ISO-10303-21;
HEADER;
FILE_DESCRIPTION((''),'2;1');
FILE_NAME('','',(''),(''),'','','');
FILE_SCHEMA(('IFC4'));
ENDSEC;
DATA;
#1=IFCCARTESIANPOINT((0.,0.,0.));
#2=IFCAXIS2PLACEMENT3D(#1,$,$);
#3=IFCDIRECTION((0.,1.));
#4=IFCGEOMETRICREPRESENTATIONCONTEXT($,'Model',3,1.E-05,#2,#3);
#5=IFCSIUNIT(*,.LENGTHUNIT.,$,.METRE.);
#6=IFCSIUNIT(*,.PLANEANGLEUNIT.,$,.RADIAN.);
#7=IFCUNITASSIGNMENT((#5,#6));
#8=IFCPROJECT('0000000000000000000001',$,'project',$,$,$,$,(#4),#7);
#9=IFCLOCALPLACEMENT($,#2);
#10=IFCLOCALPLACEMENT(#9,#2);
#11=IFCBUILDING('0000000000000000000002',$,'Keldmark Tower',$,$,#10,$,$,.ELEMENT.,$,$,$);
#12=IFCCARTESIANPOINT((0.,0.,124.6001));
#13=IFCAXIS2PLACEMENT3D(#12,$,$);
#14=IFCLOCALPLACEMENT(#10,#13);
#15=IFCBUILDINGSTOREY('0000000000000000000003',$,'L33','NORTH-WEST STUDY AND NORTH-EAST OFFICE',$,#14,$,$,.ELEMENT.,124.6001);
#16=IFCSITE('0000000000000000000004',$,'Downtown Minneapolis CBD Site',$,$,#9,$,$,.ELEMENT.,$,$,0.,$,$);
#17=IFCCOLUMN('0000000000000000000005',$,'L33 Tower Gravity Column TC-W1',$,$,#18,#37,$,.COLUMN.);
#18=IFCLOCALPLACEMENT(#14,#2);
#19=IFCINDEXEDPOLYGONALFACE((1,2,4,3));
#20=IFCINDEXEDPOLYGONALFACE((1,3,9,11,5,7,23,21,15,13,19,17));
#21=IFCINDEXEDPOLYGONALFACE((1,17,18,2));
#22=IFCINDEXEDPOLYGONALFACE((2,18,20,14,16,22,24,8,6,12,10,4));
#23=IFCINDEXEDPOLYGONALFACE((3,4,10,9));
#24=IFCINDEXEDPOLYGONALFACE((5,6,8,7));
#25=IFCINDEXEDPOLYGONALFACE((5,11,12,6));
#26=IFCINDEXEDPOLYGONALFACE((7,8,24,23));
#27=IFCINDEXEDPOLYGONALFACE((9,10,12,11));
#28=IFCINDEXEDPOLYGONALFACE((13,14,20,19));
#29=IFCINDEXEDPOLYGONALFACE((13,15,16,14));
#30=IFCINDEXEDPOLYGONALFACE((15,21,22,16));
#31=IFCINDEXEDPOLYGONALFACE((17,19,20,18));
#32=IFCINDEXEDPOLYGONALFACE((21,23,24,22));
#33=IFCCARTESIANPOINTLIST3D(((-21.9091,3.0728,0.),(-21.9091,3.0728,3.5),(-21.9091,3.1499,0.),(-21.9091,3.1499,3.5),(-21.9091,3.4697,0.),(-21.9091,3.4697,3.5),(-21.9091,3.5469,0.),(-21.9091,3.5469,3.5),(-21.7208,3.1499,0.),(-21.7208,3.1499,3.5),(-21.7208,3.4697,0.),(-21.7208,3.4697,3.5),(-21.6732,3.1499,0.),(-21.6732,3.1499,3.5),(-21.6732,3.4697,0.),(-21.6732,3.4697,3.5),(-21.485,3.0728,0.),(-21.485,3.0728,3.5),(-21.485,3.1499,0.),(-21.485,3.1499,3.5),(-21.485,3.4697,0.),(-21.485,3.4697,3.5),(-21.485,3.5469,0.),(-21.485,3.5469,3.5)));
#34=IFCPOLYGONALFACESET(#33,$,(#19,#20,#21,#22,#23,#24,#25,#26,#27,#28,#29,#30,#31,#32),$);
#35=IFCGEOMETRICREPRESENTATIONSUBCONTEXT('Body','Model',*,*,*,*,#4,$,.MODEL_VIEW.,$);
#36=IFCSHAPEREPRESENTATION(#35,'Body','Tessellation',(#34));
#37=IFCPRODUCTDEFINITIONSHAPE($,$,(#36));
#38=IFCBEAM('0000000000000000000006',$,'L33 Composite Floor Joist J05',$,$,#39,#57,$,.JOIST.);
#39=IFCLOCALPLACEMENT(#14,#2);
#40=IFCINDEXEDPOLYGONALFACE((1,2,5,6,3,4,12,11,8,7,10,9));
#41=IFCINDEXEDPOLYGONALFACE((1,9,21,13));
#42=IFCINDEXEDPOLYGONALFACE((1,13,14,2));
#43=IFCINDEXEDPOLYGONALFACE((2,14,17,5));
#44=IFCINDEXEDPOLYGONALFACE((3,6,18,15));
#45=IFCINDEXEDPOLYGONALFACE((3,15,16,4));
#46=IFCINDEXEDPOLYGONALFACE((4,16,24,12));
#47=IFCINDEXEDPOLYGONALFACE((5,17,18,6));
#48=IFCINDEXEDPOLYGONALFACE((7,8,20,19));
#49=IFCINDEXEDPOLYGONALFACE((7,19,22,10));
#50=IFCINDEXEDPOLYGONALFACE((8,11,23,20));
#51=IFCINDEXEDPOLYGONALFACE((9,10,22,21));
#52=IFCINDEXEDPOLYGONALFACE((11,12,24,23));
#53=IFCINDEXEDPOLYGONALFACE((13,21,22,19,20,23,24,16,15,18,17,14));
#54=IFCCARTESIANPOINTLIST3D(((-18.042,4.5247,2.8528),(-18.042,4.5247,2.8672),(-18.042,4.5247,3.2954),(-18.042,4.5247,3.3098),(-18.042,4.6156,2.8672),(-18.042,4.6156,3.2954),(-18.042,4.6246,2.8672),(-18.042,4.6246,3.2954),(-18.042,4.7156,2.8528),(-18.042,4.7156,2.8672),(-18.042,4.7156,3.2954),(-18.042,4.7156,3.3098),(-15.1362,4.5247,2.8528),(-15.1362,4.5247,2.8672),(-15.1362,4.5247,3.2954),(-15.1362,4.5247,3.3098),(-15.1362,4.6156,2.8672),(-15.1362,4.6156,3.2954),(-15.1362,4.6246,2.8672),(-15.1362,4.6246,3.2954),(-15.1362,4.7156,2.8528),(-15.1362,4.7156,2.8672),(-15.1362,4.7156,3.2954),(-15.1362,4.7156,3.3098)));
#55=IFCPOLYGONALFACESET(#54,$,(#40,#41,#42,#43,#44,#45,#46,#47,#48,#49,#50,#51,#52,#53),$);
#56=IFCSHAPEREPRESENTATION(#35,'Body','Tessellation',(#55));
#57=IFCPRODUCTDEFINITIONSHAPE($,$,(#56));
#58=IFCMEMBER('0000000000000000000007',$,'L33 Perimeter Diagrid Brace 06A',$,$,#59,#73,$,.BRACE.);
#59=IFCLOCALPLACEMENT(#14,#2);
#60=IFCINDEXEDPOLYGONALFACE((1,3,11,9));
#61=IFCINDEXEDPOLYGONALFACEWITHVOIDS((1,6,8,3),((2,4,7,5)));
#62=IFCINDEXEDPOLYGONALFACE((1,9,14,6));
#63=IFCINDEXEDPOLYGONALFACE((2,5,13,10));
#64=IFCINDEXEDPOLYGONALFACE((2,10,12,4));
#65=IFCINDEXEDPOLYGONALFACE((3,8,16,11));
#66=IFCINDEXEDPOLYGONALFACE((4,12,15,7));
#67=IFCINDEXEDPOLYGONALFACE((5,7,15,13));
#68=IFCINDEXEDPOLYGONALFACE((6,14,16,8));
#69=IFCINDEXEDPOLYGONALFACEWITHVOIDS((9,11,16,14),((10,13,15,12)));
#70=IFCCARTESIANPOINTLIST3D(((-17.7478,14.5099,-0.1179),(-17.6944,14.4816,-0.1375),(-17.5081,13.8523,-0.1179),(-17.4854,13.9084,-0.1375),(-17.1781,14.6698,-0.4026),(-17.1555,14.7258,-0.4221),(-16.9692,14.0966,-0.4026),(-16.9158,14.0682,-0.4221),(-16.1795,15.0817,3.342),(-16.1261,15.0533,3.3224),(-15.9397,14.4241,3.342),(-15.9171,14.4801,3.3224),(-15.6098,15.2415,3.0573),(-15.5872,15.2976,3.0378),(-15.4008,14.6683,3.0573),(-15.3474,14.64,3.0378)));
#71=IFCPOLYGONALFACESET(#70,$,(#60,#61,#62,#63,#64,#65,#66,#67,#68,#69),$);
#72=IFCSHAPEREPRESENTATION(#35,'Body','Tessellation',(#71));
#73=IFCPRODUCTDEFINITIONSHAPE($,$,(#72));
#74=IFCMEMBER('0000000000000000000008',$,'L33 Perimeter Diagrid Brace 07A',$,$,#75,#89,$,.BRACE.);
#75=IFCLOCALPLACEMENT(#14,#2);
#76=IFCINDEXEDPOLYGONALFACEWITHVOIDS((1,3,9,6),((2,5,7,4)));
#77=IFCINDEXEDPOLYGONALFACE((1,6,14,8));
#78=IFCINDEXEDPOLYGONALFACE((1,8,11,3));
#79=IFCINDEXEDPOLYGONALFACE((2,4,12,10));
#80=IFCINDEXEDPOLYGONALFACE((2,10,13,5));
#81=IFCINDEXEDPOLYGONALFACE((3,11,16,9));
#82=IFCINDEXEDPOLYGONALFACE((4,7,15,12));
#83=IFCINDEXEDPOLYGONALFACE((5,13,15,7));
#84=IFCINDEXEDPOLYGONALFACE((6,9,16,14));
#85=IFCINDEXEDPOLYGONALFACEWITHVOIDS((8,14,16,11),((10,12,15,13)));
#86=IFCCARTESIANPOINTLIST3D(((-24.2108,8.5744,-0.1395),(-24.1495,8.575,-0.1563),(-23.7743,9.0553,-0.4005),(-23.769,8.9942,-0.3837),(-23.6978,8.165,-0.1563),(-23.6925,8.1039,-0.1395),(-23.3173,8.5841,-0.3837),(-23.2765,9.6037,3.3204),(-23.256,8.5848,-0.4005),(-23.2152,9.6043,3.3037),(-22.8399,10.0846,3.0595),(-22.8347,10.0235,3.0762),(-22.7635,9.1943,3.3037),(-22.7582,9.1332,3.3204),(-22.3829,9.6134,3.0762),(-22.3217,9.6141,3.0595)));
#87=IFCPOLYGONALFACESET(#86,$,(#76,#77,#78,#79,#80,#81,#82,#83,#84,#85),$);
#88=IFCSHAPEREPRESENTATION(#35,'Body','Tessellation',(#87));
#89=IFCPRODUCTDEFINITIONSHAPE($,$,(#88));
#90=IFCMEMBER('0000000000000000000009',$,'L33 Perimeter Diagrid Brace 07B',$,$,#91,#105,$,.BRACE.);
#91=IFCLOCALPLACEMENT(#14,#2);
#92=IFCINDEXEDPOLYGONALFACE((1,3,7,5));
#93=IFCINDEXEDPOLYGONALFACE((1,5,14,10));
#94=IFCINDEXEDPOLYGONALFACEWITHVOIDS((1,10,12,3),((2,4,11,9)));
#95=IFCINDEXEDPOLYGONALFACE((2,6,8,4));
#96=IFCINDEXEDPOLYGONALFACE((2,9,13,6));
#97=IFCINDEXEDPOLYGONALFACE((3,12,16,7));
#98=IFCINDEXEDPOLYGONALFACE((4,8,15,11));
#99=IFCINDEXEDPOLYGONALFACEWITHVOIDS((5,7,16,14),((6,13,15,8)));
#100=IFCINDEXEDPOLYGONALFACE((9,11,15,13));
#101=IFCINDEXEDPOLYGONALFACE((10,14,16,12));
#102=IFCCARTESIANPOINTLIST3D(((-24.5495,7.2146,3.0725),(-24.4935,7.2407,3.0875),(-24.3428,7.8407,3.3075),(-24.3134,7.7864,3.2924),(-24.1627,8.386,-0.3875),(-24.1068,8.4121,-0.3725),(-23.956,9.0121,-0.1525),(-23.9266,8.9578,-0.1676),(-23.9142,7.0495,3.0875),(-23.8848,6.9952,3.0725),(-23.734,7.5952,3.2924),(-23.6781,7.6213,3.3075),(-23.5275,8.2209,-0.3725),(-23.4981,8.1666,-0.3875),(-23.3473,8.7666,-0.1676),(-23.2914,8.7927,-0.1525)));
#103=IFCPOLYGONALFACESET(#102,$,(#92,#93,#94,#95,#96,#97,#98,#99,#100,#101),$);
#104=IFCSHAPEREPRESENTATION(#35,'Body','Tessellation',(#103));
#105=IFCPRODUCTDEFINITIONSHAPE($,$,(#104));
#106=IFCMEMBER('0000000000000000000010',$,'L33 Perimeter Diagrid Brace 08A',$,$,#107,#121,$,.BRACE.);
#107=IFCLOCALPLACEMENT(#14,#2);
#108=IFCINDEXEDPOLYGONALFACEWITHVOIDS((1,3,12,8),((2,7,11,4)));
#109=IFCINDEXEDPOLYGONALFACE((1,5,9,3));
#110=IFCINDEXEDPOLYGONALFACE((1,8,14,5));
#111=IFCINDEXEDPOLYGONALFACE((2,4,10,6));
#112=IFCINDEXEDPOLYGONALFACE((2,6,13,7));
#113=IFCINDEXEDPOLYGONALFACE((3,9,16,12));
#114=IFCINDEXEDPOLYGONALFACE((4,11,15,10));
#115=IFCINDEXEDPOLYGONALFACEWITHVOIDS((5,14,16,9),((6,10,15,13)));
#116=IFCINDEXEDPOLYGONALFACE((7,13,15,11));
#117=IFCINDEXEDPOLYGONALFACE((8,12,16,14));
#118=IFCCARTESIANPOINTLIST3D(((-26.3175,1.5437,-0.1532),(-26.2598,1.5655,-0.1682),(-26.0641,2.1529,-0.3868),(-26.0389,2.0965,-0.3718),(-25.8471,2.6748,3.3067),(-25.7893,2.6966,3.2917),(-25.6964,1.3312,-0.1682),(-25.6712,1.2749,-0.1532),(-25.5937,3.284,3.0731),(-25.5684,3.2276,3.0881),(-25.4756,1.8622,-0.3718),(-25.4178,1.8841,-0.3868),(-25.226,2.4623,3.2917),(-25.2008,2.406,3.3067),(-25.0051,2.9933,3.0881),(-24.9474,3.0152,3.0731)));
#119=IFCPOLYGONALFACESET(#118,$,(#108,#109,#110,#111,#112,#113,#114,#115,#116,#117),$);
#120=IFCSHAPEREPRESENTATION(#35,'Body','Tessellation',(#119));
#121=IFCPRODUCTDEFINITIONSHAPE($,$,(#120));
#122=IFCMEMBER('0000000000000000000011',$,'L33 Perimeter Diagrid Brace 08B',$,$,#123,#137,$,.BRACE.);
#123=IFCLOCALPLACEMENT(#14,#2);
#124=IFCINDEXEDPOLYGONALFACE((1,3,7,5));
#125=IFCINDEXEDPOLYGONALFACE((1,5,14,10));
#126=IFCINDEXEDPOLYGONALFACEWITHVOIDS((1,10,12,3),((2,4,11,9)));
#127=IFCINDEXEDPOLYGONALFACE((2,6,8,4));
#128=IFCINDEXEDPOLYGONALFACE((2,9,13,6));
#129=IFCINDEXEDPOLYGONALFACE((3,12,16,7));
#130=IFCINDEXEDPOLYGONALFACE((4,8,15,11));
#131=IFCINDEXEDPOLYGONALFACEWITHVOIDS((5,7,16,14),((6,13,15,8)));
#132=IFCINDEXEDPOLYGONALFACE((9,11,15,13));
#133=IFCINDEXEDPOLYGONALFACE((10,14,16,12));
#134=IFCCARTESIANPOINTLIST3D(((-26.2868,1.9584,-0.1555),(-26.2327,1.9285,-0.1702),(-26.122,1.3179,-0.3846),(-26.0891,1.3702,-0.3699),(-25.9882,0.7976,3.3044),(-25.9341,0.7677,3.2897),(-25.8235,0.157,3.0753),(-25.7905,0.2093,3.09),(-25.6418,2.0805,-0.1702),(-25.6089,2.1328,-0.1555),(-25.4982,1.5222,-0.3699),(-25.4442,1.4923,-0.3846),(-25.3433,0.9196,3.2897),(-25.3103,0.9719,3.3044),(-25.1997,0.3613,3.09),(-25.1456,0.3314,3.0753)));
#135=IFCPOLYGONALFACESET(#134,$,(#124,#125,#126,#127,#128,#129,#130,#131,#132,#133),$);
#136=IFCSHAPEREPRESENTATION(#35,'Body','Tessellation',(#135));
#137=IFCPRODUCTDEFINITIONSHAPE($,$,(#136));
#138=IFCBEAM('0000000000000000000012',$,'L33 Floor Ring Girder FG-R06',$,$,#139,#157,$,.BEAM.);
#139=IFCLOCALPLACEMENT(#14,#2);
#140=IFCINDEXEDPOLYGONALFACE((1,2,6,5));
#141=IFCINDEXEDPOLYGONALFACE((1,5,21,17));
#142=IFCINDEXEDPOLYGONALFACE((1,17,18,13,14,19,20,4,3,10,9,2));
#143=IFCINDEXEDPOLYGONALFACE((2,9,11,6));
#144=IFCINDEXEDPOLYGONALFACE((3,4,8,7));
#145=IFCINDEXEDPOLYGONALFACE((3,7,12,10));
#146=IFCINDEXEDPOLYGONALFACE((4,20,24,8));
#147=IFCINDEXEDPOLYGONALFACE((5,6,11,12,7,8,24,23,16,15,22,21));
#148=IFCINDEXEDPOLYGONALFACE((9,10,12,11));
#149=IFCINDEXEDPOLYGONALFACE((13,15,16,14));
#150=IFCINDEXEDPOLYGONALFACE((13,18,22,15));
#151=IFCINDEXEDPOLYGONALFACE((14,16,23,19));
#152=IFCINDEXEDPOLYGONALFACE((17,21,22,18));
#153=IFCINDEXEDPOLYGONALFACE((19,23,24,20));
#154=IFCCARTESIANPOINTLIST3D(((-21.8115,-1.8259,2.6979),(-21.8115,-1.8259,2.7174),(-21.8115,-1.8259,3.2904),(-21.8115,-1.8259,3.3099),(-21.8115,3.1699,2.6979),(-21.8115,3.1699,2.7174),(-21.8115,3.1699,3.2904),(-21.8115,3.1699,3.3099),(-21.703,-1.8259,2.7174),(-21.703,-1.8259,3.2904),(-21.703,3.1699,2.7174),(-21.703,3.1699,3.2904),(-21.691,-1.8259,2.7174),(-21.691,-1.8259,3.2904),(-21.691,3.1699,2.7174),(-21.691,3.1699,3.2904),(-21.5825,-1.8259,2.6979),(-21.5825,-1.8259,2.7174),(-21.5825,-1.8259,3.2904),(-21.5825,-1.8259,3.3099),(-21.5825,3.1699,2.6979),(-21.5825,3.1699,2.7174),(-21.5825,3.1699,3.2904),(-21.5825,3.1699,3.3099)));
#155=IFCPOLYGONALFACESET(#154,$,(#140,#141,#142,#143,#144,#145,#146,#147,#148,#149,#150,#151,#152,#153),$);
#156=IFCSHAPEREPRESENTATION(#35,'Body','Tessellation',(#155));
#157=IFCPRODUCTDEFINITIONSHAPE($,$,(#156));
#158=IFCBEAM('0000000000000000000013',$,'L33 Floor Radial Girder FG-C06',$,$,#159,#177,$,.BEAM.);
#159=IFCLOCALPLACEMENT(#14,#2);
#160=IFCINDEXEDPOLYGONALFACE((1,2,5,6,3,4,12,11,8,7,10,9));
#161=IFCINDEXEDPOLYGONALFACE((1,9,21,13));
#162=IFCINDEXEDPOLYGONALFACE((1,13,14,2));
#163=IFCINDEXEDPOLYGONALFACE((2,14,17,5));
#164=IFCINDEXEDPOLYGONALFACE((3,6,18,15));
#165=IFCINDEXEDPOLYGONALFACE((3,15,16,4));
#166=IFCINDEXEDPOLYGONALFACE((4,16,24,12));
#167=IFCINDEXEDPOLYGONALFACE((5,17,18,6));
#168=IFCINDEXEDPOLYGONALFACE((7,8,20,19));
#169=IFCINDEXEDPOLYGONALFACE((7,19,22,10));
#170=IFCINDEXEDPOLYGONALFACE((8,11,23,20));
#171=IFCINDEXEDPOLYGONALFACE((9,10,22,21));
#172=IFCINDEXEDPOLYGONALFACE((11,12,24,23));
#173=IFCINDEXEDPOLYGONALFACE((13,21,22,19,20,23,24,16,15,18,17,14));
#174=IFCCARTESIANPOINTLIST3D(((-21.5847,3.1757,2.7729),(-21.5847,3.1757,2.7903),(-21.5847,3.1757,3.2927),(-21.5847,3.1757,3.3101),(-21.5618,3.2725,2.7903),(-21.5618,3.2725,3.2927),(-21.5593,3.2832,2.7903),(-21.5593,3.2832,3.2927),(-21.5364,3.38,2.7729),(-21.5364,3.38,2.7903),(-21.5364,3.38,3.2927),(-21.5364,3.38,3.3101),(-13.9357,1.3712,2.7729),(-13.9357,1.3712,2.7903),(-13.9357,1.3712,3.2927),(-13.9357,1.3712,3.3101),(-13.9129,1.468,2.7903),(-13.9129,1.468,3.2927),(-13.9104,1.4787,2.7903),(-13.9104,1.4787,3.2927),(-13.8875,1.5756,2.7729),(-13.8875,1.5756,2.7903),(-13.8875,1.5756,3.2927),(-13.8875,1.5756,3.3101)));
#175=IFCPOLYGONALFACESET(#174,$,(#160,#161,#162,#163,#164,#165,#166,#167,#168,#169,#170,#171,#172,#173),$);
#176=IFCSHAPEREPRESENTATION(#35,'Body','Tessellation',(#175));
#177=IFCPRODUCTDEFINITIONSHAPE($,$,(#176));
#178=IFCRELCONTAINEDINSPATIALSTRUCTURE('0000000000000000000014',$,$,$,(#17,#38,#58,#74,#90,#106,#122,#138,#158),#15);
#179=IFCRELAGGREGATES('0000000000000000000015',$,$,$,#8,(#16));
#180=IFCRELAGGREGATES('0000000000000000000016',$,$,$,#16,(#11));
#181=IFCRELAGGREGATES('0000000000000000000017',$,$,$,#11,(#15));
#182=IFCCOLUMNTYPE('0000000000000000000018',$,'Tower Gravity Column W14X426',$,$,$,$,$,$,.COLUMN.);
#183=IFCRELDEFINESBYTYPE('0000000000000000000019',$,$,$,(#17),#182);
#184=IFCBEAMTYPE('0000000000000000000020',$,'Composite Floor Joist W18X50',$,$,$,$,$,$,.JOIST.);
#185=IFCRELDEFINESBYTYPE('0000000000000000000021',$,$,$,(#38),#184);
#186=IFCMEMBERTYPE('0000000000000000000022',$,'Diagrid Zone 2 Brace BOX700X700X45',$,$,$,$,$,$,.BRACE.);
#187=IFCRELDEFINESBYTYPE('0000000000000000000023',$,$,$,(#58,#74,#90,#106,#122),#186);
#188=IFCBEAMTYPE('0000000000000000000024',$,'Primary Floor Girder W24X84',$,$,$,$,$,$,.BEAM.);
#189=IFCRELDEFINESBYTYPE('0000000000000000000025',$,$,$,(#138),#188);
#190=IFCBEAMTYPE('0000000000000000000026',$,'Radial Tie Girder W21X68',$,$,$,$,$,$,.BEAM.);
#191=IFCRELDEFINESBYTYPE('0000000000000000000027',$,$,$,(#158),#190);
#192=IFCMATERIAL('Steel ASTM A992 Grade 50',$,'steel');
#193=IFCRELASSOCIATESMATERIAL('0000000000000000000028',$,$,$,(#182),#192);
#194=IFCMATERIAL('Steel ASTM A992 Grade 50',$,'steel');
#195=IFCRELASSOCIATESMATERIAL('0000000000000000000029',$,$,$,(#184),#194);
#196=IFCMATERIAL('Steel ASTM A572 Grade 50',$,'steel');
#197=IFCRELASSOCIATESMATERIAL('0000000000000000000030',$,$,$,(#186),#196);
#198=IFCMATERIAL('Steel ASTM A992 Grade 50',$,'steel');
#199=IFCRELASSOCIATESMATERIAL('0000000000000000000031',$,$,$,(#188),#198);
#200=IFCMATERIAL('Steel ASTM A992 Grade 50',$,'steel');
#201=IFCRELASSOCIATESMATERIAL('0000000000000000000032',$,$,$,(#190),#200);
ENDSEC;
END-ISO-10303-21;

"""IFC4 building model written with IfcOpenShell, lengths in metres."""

from ifc_helpers import new_model, si_unit, direction, frame, origin, origin_2d, place, context, subcontext, project, spatial, hollow_rectangle, i_section, extrude, material, material_profile, profile_set, type_object, element, save


model = new_model("IFC4")

# Units and contexts
model_context = context("Model", 3, precision=1e-05, world=origin(), true_north=direction((0.0, 1.0)))
body_context = subcontext(model_context, "Body", "Model", "MODEL_VIEW")
ifc_project = project(units=[si_unit("LENGTHUNIT", "METRE"), si_unit("PLANEANGLEUNIT", "RADIAN")], contexts=[model_context])

# Site, building, storey
site_placement = place(None, origin())
site = spatial("IfcSite", under=ifc_project, at=site_placement, Name="Downtown Minneapolis CBD Site", CompositionType="ELEMENT", RefElevation=0.0)
building_placement = place(site_placement, origin())
building = spatial("IfcBuilding", under=site, at=building_placement, Name="Keldmark Tower", CompositionType="ELEMENT")
storey_placement = place(building_placement, frame((0.0, 0.0, 124.6001)))
storey = spatial("IfcBuildingStorey", under=building, at=storey_placement, Name="L33", Description="NORTH-WEST STUDY AND NORTH-EAST OFFICE", CompositionType="ELEMENT", Elevation=124.6001)

# Column
ifc_material_1 = material(Name="Steel ASTM A992 Grade 50", Category="steel")
ifc_material_profile_1 = material_profile(ifc_material_1, i_section(OverallWidth=0.4241, OverallDepth=0.4741, WebThickness=0.0476, FlangeThickness=0.0771, at=origin_2d()), Name="W14X426")
ifc_profile_set_1 = profile_set([ifc_material_profile_1], Name="Steel ASTM A992 Grade 50")
column_type = type_object("IfcColumnType", Name="Tower Gravity Column W14X426", PredefinedType="COLUMN", material=ifc_profile_set_1)
column_placement = place(storey_placement, frame((-21.697, 3.3098, 0.0), z_axis=(0.0, 0.0, 1.0), x_axis=(1.0, 0.0, 0.0)))
element("IfcColumn", 1, at=column_placement, inside=storey, type_object=column_type, Name="L33 Tower Gravity Column TC-W1", PredefinedType="COLUMN", context=body_context, shape_type="SweptSolid", body=[
    extrude(i_section(OverallWidth=0.4241, OverallDepth=0.4741, WebThickness=0.0476, FlangeThickness=0.0771, at=origin_2d()), origin(), (0.0, 0.0, 1.0), 3.5),
])

# Beam
ifc_material_2 = material(Name="Steel ASTM A992 Grade 50", Category="steel")
ifc_material_profile_2 = material_profile(ifc_material_2, i_section(OverallWidth=0.1909, OverallDepth=0.457, WebThickness=0.009, FlangeThickness=0.0144, at=origin_2d()), Name="W18X50")
ifc_profile_set_2 = profile_set([ifc_material_profile_2], Name="Steel ASTM A992 Grade 50")
beam_type_1 = type_object("IfcBeamType", Name="Composite Floor Joist W18X50", PredefinedType="JOIST", material=ifc_profile_set_2)
beam_1_placement = place(storey_placement, frame((-18.042, 4.6201, 3.0813), z_axis=(1.0, 0.0, 0.0), x_axis=(0.0, 1.0, 0.0)))
element("IfcBeam", 2, at=beam_1_placement, inside=storey, type_object=beam_type_1, Name="L33 Composite Floor Joist J05", PredefinedType="JOIST", context=body_context, shape_type="SweptSolid", body=[
    extrude(i_section(OverallWidth=0.1909, OverallDepth=0.457, WebThickness=0.009, FlangeThickness=0.0144, at=origin_2d()), origin(), (0.0, 0.0, 1.0), 2.9058),
])

# Members
ifc_material_3 = material(Name="Steel ASTM A572 Grade 50", Category="steel")
ifc_material_profile_3 = material_profile(ifc_material_3, hollow_rectangle(XDim=0.7, YDim=0.7, WallThickness=0.0449, at=origin_2d()), Name="BOX700X700X45")
ifc_profile_set_3 = profile_set([ifc_material_profile_3], Name="Steel ASTM A572 Grade 50")
member_type = type_object("IfcMemberType", Name="Diagrid Zone 2 Brace BOX700X700X45", PredefinedType="BRACE", material=ifc_profile_set_3)
member_1_placement = place(storey_placement, frame((-17.3318, 14.2891, -0.27), z_axis=(0.408255, 0.148838, 0.900653), x_axis=(-0.342518, 0.939511, 0.0)))
element("IfcMember", 3, at=member_1_placement, inside=storey, type_object=member_type, Name="L33 Perimeter Diagrid Brace 06A", PredefinedType="BRACE", context=body_context, shape_type="SweptSolid", body=[
    extrude(hollow_rectangle(XDim=0.7, YDim=0.7, WallThickness=0.0449, at=origin_2d()), origin(), (0.0, 0.0, 1.0), 3.8416),
])
member_2_placement = place(storey_placement, frame((-23.7334, 8.5796, -0.27), z_axis=(0.250572, 0.276042, 0.927909), x_axis=(-0.740441, 0.672122, 0.0)))
element("IfcMember", 4, at=member_2_placement, inside=storey, type_object=member_type, Name="L33 Perimeter Diagrid Brace 07A", PredefinedType="BRACE", context=body_context, shape_type="SweptSolid", body=[
    extrude(hollow_rectangle(XDim=0.7, YDim=0.7, WallThickness=0.0449, at=origin_2d()), origin(), (0.0, 0.0, 1.0), 3.7288),
])
member_3_placement = place(storey_placement, frame((-23.7271, 8.5894, -0.27), z_axis=(-0.105279, -0.318893, 0.941925), x_axis=(0.94959, -0.313495, 0.0)))
element("IfcMember", 5, at=member_3_placement, inside=storey, type_object=member_type, Name="L33 Perimeter Diagrid Brace 07B", PredefinedType="BRACE", context=body_context, shape_type="SweptSolid", body=[
    extrude(hollow_rectangle(XDim=0.7, YDim=0.7, WallThickness=0.0449, at=origin_2d()), origin(), (0.0, 0.0, 1.0), 3.6733),
])
member_4_placement = place(storey_placement, frame((-25.8677, 1.7139, -0.27), z_axis=(0.128175, 0.308166, 0.942658), x_axis=(-0.923318, 0.384035, 0.0)))
element("IfcMember", 6, at=member_4_placement, inside=storey, type_object=member_type, Name="L33 Perimeter Diagrid Brace 08A", PredefinedType="BRACE", context=body_context, shape_type="SweptSolid", body=[
    extrude(hollow_rectangle(XDim=0.7, YDim=0.7, WallThickness=0.0449, at=origin_2d()), origin(), (0.0, 0.0, 1.0), 3.6704),
])
member_5_placement = place(storey_placement, frame((-25.8655, 1.7253, -0.27), z_axis=(0.081542, -0.317034, 0.944902), x_axis=(0.968479, 0.249096, 0.0)))
element("IfcMember", 7, at=member_5_placement, inside=storey, type_object=member_type, Name="L33 Perimeter Diagrid Brace 08B", PredefinedType="BRACE", context=body_context, shape_type="SweptSolid", body=[
    extrude(hollow_rectangle(XDim=0.7, YDim=0.7, WallThickness=0.0449, at=origin_2d()), origin(), (0.0, 0.0, 1.0), 3.6616),
])

# Beams
ifc_material_4 = material(Name="Steel ASTM A992 Grade 50", Category="steel")
ifc_material_profile_4 = material_profile(ifc_material_4, i_section(OverallWidth=0.229, OverallDepth=0.6121, WebThickness=0.012, FlangeThickness=0.0195, at=origin_2d()), Name="W24X84")
ifc_profile_set_4 = profile_set([ifc_material_profile_4], Name="Steel ASTM A992 Grade 50")
beam_type_2 = type_object("IfcBeamType", Name="Primary Floor Girder W24X84", PredefinedType="BEAM", material=ifc_profile_set_4)
beam_2_placement = place(storey_placement, frame((-21.697, 3.1699, 3.0039), z_axis=(0.0, -1.0, 0.0), x_axis=(1.0, 0.0, 0.0)))
element("IfcBeam", 8, at=beam_2_placement, inside=storey, type_object=beam_type_2, Name="L33 Floor Ring Girder FG-R06", PredefinedType="BEAM", context=body_context, shape_type="SweptSolid", body=[
    extrude(i_section(OverallWidth=0.229, OverallDepth=0.6121, WebThickness=0.012, FlangeThickness=0.0195, at=origin_2d()), origin(), (0.0, 0.0, 1.0), 4.9958),
])
ifc_material_5 = material(Name="Steel ASTM A992 Grade 50", Category="steel")
ifc_material_profile_5 = material_profile(ifc_material_5, i_section(OverallWidth=0.21, OverallDepth=0.5371, WebThickness=0.011, FlangeThickness=0.0173, at=origin_2d()), Name="W21X68")
ifc_profile_set_5 = profile_set([ifc_material_profile_5], Name="Steel ASTM A992 Grade 50")
beam_type_3 = type_object("IfcBeamType", Name="Radial Tie Girder W21X68", PredefinedType="BEAM", material=ifc_profile_set_5)
beam_3_placement = place(storey_placement, frame((-21.5605, 3.2778, 3.0415), z_axis=(0.973284, -0.229606, 0.0), x_axis=(0.229606, 0.973284, 0.0)))
element("IfcBeam", 9, at=beam_3_placement, inside=storey, type_object=beam_type_3, Name="L33 Floor Radial Girder FG-C06", PredefinedType="BEAM", context=body_context, shape_type="SweptSolid", body=[
    extrude(i_section(OverallWidth=0.21, OverallDepth=0.5371, WebThickness=0.011, FlangeThickness=0.0173, at=origin_2d()), origin(), (0.0, 0.0, 1.0), 7.8589),
])

save(model, "model.ifc")
